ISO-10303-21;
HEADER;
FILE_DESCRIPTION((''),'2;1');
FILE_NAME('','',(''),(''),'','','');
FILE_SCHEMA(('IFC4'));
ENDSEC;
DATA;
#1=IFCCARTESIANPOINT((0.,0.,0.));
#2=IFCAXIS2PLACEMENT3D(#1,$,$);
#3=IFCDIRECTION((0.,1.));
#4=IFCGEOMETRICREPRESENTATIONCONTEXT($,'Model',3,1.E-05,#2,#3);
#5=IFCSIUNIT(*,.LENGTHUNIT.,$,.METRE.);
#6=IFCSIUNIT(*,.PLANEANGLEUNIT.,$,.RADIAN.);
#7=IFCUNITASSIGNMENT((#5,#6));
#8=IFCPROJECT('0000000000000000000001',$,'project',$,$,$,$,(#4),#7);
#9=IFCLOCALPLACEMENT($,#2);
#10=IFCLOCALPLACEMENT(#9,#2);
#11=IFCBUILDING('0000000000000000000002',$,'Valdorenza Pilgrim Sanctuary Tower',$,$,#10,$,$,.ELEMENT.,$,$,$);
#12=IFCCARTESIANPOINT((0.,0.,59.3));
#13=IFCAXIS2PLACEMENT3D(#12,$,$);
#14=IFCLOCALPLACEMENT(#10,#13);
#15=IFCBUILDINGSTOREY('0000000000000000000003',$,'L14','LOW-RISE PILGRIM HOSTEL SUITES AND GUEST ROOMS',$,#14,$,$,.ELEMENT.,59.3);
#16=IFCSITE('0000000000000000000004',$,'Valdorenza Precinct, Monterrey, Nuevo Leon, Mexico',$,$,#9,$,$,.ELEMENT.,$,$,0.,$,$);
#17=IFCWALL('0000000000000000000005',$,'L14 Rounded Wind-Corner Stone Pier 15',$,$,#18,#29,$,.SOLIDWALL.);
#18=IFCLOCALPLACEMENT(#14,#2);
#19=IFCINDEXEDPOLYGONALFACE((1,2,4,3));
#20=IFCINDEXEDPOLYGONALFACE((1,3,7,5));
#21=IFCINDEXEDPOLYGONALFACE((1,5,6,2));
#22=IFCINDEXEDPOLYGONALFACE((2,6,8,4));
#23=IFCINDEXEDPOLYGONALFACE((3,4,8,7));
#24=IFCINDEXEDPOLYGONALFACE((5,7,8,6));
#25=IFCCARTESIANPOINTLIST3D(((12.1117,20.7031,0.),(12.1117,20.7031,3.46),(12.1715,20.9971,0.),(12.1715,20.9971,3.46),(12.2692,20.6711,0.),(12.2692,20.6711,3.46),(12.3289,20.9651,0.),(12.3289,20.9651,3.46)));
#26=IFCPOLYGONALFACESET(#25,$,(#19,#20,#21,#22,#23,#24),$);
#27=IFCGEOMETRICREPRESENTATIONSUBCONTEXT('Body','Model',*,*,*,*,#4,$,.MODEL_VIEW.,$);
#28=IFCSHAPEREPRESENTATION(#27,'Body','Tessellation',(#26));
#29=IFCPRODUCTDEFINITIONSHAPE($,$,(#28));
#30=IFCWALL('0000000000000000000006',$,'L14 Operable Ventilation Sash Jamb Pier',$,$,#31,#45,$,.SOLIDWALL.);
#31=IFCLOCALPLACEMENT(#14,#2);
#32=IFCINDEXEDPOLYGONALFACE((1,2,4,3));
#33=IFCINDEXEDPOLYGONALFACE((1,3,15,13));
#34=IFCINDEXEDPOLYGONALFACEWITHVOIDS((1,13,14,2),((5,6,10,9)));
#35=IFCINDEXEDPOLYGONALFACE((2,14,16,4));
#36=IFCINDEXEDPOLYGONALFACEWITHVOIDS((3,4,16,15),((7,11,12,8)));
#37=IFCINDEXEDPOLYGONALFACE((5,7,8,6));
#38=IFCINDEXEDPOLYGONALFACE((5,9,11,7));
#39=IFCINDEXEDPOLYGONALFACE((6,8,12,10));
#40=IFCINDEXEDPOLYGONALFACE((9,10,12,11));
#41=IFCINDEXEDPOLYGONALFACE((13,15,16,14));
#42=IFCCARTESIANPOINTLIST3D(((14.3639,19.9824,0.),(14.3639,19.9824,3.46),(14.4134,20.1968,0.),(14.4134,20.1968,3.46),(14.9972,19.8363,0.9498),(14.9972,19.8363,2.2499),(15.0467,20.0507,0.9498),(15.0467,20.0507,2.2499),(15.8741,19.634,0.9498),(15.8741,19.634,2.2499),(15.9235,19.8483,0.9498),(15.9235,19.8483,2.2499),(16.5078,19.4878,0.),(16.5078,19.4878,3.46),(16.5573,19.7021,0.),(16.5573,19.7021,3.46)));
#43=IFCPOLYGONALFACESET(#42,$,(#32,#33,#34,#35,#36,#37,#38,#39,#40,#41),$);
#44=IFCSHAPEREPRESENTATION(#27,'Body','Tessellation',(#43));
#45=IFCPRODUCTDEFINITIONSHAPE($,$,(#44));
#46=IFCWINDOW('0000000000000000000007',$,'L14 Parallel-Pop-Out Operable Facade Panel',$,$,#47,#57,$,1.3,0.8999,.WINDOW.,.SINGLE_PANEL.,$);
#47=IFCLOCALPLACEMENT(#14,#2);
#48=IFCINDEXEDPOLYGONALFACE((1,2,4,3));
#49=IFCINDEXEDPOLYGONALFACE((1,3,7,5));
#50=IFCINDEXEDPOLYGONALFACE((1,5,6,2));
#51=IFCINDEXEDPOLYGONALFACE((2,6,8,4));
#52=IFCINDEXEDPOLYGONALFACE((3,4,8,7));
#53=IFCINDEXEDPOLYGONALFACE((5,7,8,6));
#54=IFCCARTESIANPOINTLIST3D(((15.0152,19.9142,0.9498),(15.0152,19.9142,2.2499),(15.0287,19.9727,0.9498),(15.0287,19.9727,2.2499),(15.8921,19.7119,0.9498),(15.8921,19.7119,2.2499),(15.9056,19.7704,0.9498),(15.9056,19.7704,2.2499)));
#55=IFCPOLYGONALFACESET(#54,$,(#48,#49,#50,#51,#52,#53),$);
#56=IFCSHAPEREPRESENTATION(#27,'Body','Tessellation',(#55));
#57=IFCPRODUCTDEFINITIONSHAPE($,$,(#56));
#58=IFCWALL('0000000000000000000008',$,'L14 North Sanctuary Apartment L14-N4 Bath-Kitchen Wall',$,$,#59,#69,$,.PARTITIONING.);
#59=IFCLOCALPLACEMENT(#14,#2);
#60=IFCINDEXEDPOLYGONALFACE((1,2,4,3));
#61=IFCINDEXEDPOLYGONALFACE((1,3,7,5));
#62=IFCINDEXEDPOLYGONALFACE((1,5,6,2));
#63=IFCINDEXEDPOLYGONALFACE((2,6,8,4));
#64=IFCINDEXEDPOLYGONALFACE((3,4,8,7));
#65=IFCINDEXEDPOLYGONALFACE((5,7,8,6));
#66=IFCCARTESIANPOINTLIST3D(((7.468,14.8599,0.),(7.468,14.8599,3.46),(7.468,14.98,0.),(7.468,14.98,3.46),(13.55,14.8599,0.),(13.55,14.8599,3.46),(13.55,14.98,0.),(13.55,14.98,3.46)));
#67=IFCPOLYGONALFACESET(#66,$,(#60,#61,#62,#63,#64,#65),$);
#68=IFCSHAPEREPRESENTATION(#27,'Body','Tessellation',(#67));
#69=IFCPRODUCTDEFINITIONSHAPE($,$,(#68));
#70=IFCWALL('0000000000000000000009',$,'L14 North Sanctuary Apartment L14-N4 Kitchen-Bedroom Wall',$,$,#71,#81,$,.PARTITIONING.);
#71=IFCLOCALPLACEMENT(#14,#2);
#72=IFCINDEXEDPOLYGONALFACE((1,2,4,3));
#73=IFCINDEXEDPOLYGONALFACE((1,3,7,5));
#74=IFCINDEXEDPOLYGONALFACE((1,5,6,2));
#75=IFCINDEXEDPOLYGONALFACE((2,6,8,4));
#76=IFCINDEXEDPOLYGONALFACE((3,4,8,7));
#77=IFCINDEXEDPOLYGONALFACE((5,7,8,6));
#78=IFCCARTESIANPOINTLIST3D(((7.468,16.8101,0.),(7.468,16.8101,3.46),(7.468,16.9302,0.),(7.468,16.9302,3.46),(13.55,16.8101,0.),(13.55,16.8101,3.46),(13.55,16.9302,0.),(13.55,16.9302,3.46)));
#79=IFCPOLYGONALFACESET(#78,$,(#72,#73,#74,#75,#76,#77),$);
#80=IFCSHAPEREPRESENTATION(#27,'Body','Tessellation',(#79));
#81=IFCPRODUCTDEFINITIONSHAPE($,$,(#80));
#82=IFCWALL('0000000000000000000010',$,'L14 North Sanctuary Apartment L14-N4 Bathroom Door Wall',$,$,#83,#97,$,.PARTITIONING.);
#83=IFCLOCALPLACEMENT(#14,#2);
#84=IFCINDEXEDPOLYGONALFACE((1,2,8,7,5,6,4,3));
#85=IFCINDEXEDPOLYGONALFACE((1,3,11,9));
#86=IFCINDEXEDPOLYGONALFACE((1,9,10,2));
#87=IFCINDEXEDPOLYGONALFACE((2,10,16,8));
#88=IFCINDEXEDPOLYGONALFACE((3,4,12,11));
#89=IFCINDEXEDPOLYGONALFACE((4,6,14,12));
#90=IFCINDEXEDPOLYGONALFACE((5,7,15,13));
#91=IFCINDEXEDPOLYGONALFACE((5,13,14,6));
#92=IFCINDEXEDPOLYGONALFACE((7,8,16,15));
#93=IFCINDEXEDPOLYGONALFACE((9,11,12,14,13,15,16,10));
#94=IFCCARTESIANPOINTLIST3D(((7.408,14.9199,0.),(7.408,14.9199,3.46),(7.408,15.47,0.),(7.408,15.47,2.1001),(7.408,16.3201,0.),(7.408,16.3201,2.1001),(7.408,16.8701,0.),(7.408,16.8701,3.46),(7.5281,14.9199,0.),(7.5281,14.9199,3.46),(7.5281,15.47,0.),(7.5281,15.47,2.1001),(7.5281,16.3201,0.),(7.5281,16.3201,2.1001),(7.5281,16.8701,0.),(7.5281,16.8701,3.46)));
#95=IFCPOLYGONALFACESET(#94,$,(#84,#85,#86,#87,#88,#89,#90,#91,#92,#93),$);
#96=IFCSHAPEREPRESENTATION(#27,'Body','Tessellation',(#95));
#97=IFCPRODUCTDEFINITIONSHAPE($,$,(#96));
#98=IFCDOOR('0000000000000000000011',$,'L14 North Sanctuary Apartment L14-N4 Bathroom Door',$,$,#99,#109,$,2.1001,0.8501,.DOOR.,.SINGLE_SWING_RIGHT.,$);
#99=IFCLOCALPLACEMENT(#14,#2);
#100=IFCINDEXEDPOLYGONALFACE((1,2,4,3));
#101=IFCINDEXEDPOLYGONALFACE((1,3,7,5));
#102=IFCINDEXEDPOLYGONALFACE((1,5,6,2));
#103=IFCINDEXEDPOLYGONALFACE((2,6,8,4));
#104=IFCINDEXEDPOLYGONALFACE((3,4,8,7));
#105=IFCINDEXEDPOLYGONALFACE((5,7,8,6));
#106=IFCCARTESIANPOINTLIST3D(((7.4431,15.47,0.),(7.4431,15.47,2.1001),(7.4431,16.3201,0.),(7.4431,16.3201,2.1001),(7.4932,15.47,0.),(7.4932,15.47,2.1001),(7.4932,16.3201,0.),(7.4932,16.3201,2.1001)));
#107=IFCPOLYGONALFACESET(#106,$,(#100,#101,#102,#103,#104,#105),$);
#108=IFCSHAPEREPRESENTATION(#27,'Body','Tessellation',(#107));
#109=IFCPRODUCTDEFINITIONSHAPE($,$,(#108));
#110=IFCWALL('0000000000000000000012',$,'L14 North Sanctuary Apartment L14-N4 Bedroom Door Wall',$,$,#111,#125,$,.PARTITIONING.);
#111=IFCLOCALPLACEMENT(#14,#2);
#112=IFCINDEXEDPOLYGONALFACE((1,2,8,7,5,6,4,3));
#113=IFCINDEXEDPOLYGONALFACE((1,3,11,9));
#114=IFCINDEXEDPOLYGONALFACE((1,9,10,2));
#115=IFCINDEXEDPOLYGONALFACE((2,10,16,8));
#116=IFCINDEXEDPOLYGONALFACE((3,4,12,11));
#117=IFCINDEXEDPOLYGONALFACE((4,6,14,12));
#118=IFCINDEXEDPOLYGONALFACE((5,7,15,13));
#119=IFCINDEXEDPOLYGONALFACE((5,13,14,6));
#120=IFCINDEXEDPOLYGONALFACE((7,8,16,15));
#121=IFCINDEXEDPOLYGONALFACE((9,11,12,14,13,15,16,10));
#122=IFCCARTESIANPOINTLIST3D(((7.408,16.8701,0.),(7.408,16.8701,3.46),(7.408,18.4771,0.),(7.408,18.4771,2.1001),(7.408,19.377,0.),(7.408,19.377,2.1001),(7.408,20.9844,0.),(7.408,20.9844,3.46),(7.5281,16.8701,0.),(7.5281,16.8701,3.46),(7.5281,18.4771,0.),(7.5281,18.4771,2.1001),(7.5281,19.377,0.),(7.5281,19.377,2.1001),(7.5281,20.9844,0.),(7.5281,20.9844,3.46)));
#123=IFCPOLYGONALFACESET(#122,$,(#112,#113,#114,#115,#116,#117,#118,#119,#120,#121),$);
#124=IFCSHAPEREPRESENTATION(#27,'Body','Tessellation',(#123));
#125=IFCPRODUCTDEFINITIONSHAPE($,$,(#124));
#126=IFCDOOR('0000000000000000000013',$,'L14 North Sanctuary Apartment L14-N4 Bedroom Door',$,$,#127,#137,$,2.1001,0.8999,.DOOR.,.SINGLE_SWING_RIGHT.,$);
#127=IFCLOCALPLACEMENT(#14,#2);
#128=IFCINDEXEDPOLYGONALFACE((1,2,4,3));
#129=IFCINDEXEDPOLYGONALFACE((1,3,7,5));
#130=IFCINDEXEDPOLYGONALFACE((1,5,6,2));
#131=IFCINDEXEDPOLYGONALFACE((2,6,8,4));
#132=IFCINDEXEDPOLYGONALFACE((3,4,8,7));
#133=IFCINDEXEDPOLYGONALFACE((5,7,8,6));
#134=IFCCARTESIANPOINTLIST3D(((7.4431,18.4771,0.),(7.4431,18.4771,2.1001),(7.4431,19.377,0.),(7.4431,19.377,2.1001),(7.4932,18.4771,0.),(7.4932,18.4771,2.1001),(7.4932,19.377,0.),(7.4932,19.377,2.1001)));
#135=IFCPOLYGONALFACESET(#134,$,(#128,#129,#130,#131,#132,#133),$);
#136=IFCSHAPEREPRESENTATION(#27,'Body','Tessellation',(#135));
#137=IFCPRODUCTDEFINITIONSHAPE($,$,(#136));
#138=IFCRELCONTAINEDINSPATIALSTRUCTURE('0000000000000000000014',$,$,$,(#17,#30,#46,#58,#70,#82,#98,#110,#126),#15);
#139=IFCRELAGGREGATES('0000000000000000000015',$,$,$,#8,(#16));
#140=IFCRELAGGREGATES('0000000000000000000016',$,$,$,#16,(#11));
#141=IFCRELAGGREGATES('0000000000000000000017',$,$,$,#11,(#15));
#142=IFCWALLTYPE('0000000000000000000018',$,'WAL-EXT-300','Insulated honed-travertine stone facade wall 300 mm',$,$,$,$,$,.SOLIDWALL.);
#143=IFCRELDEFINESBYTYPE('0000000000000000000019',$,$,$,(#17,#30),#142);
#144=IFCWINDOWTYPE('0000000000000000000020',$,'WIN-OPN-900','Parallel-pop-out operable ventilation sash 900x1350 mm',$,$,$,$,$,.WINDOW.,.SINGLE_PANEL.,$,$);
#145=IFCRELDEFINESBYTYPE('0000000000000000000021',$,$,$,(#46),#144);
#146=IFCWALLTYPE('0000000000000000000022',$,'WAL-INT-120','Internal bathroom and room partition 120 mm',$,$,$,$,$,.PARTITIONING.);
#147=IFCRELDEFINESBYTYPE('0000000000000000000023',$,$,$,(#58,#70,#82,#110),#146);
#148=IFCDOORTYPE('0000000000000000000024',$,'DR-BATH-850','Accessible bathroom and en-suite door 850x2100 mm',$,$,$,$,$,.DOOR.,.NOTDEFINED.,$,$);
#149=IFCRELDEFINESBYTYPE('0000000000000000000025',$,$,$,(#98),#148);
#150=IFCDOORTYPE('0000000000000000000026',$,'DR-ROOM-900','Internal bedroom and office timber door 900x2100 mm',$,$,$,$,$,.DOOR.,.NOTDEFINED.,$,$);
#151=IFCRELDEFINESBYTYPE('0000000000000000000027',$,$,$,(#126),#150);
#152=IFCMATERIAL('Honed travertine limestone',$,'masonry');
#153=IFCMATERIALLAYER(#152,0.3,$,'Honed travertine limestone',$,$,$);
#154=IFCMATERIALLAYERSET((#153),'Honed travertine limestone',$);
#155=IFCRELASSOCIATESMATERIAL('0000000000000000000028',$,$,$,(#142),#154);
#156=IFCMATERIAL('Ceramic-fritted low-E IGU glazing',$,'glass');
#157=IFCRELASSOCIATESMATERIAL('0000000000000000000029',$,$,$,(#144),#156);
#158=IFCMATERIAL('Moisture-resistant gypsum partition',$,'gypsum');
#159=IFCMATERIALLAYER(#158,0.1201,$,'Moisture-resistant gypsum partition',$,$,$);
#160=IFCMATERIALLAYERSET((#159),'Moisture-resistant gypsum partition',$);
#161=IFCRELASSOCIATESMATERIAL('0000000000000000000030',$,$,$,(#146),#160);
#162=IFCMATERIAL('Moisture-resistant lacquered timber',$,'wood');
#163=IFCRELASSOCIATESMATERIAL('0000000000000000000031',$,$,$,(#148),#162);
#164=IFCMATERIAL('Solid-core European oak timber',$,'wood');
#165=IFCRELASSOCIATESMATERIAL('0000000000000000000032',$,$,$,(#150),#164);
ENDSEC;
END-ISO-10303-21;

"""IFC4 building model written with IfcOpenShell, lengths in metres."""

from ifc_helpers import new_model, si_unit, direction, frame, frame_2d, origin, place, context, subcontext, project, spatial, rectangle, extrude, material, layer, layer_set, type_object, element, fill, save


model = new_model("IFC4")

# Units and contexts
model_context = context("Model", 3, precision=1e-05, world=origin(), true_north=direction((0.0, 1.0)))
body_context = subcontext(model_context, "Body", "Model", "MODEL_VIEW")
ifc_project = project(units=[si_unit("LENGTHUNIT", "METRE"), si_unit("PLANEANGLEUNIT", "RADIAN")], contexts=[model_context])

# Site, building, storey
site_placement = place(None, origin())
site = spatial("IfcSite", under=ifc_project, at=site_placement, Name="Valdorenza Precinct, Monterrey, Nuevo Leon, Mexico", CompositionType="ELEMENT", RefElevation=0.0)
building_placement = place(site_placement, origin())
building = spatial("IfcBuilding", under=site, at=building_placement, Name="Valdorenza Pilgrim Sanctuary Tower", CompositionType="ELEMENT")
storey_placement = place(building_placement, frame((0.0, 0.0, 59.3)))
storey = spatial("IfcBuildingStorey", under=building, at=storey_placement, Name="L14", Description="LOW-RISE PILGRIM HOSTEL SUITES AND GUEST ROOMS", CompositionType="ELEMENT", Elevation=59.3)

# Shared definitions
ifc_material_1 = material(Name="Ceramic-fritted low-E IGU glazing", Category="glass")
ifc_material_2 = material(Name="Honed travertine limestone", Category="masonry")

# Wall
ifc_layer_1 = layer(ifc_material_2, 0.3, Name="Honed travertine limestone")
ifc_layer_set_1 = layer_set([ifc_layer_1], Name="Honed travertine limestone")
wall_type_1 = type_object("IfcWallType", Name="WAL-EXT-300", Description="Insulated honed-travertine stone facade wall 300 mm", PredefinedType="SOLIDWALL", material=ifc_layer_set_1)
wall_1_placement = place(storey_placement, frame((12.1416, 20.8501, 0.0), z_axis=(0.0, 0.0, 1.0), x_axis=(0.979992, -0.199037, 0.0)))
element("IfcWall", 1, at=wall_1_placement, inside=storey, type_object=wall_type_1, Name="L14 Rounded Wind-Corner Stone Pier 15", PredefinedType="SOLIDWALL", context=body_context, shape_type="SweptSolid", body=[
    extrude(rectangle(XDim=0.1606, YDim=0.3, at=frame_2d((0.0803, 0.0))), origin(), (0.0, 0.0, 1.0), 3.46),
])

# Wall, opening, window
wall_2_placement = place(storey_placement, frame((14.3887, 20.0896, 0.0), z_axis=(0.0, 0.0, 1.0), x_axis=(0.974401, -0.224819, 0.0)))
wall_2 = element("IfcWall", 2, at=wall_2_placement, inside=storey, type_object=wall_type_1, Name="L14 Operable Ventilation Sash Jamb Pier", PredefinedType="SOLIDWALL", context=body_context, shape_type="SweptSolid", body=[
    extrude(rectangle(XDim=2.2002, YDim=0.22, at=frame_2d((1.1001, 0.0))), origin(), (0.0, 0.0, 1.0), 3.46),
])
opening_1_placement = place(wall_2_placement, frame((0.6499, 0.0, 0.95)))
opening_1 = element("IfcOpeningElement", 3, at=opening_1_placement, cuts=wall_2, PredefinedType="OPENING", context=body_context, shape_type="SweptSolid", body=[
    extrude(rectangle(XDim=0.8999, YDim=1.3, at=frame_2d((0.45, 0.6499))), frame((0.0, 0.125, 0.0), z_axis=(0.0, -1.0, 0.0), x_axis=(1.0, 0.0, 0.0)), (0.0, 0.0, 1.0), 0.2498),
])
window_type = type_object("IfcWindowType", Name="WIN-OPN-900", Description="Parallel-pop-out operable ventilation sash 900x1350 mm", PartitioningType="SINGLE_PANEL", PredefinedType="WINDOW", material=ifc_material_1)
window_placement = place(opening_1_placement, origin())
window = element("IfcWindow", 4, at=window_placement, inside=storey, type_object=window_type, Name="L14 Parallel-Pop-Out Operable Facade Panel", OverallHeight=1.3, OverallWidth=0.8999, PartitioningType="SINGLE_PANEL", PredefinedType="WINDOW", context=body_context, shape_type="SweptSolid", body=[
    extrude(rectangle(XDim=0.8999, YDim=1.3, at=frame_2d((0.45, 0.6499))), frame((0.0, 0.03, 0.0), z_axis=(0.0, -1.0, 0.0), x_axis=(1.0, 0.0, 0.0)), (0.0, 0.0, 1.0), 0.0601),
])
fill(opening_1, window)

# Walls
ifc_material_3 = material(Name="Moisture-resistant gypsum partition", Category="gypsum")
ifc_layer_2 = layer(ifc_material_3, 0.1201, Name="Moisture-resistant gypsum partition")
ifc_layer_set_2 = layer_set([ifc_layer_2], Name="Moisture-resistant gypsum partition")
wall_type_2 = type_object("IfcWallType", Name="WAL-INT-120", Description="Internal bathroom and room partition 120 mm", PredefinedType="PARTITIONING", material=ifc_layer_set_2)
for number, where, z_axis, x_axis, name in (
    (5, (7.468, 14.9199, 0.0), (0.0, 0.0, 1.0), (1.0, 0.0, 0.0), "L14 North Sanctuary Apartment L14-N4 Bath-Kitchen Wall"),
    (6, (7.468, 16.8701, 0.0), (0.0, 0.0, 1.0), (1.0, 0.0, 0.0), "L14 North Sanctuary Apartment L14-N4 Kitchen-Bedroom Wall"),
):
    element("IfcWall", number, at=place(storey_placement, frame(where, z_axis=z_axis, x_axis=x_axis)), inside=storey, type_object=wall_type_2, Name=name, PredefinedType="PARTITIONING", context=body_context, shape_type="SweptSolid", body=[
        extrude(rectangle(XDim=6.082, YDim=0.1201, at=frame_2d((3.041, 0.0))), origin(), (0.0, 0.0, 1.0), 3.46),
    ])

# Walls, openings, doors
wall_3_placement = place(storey_placement, frame((7.468, 14.9199, 0.0), z_axis=(0.0, 0.0, 1.0), x_axis=(0.0, 1.0, 0.0)))
wall_3 = element("IfcWall", 7, at=wall_3_placement, inside=storey, type_object=wall_type_2, Name="L14 North Sanctuary Apartment L14-N4 Bathroom Door Wall", PredefinedType="PARTITIONING", context=body_context, shape_type="SweptSolid", body=[
    extrude(rectangle(XDim=1.9502, YDim=0.1201, at=frame_2d((0.9751, 0.0))), origin(), (0.0, 0.0, 1.0), 3.46),
])
opening_2_placement = place(wall_3_placement, frame((0.55, 0.0, 0.0)))
opening_2 = element("IfcOpeningElement", 8, at=opening_2_placement, cuts=wall_3, PredefinedType="OPENING", context=body_context, shape_type="SweptSolid", body=[
    extrude(rectangle(XDim=0.8501, YDim=2.1001, at=frame_2d((0.425, 1.05))), frame((0.0, 0.075, 0.0), z_axis=(0.0, -1.0, 0.0), x_axis=(1.0, 0.0, 0.0)), (0.0, 0.0, 1.0), 0.1499),
])
ifc_material_4 = material(Name="Moisture-resistant lacquered timber", Category="wood")
door_type_1 = type_object("IfcDoorType", Name="DR-BATH-850", Description="Accessible bathroom and en-suite door 850x2100 mm", OperationType="NOTDEFINED", PredefinedType="DOOR", material=ifc_material_4)
door_1_placement = place(opening_2_placement, origin())
door_1 = element("IfcDoor", 9, at=door_1_placement, inside=storey, type_object=door_type_1, Name="L14 North Sanctuary Apartment L14-N4 Bathroom Door", OperationType="SINGLE_SWING_RIGHT", OverallHeight=2.1001, OverallWidth=0.8501, PredefinedType="DOOR", context=body_context, shape_type="SweptSolid", body=[
    extrude(rectangle(XDim=0.8501, YDim=2.1001, at=frame_2d((0.425, 1.05))), frame((0.0, 0.0249, 0.0), z_axis=(0.0, -1.0, 0.0), x_axis=(1.0, 0.0, 0.0)), (0.0, 0.0, 1.0), 0.05),
])
fill(opening_2, door_1)
wall_4_placement = place(storey_placement, frame((7.468, 16.8701, 0.0), z_axis=(0.0, 0.0, 1.0), x_axis=(0.0, 1.0, 0.0)))
wall_4 = element("IfcWall", 10, at=wall_4_placement, inside=storey, type_object=wall_type_2, Name="L14 North Sanctuary Apartment L14-N4 Bedroom Door Wall", PredefinedType="PARTITIONING", context=body_context, shape_type="SweptSolid", body=[
    extrude(rectangle(XDim=4.1143, YDim=0.1201, at=frame_2d((2.0571, 0.0))), origin(), (0.0, 0.0, 1.0), 3.46),
])
opening_3_placement = place(wall_4_placement, frame((1.6069, 0.0, 0.0)))
opening_3 = element("IfcOpeningElement", 11, at=opening_3_placement, cuts=wall_4, PredefinedType="OPENING", context=body_context, shape_type="SweptSolid", body=[
    extrude(rectangle(XDim=0.8999, YDim=2.1001, at=frame_2d((0.45, 1.05))), frame((0.0, 0.075, 0.0), z_axis=(0.0, -1.0, 0.0), x_axis=(1.0, 0.0, 0.0)), (0.0, 0.0, 1.0), 0.1499),
])
ifc_material_5 = material(Name="Solid-core European oak timber", Category="wood")
door_type_2 = type_object("IfcDoorType", Name="DR-ROOM-900", Description="Internal bedroom and office timber door 900x2100 mm", OperationType="NOTDEFINED", PredefinedType="DOOR", material=ifc_material_5)
door_2_placement = place(opening_3_placement, origin())
door_2 = element("IfcDoor", 12, at=door_2_placement, inside=storey, type_object=door_type_2, Name="L14 North Sanctuary Apartment L14-N4 Bedroom Door", OperationType="SINGLE_SWING_RIGHT", OverallHeight=2.1001, OverallWidth=0.8999, PredefinedType="DOOR", context=body_context, shape_type="SweptSolid", body=[
    extrude(rectangle(XDim=0.8999, YDim=2.1001, at=frame_2d((0.45, 1.05))), frame((0.0, 0.0249, 0.0), z_axis=(0.0, -1.0, 0.0), x_axis=(1.0, 0.0, 0.0)), (0.0, 0.0, 1.0), 0.05),
])
fill(opening_3, door_2)

save(model, "model.ifc")
